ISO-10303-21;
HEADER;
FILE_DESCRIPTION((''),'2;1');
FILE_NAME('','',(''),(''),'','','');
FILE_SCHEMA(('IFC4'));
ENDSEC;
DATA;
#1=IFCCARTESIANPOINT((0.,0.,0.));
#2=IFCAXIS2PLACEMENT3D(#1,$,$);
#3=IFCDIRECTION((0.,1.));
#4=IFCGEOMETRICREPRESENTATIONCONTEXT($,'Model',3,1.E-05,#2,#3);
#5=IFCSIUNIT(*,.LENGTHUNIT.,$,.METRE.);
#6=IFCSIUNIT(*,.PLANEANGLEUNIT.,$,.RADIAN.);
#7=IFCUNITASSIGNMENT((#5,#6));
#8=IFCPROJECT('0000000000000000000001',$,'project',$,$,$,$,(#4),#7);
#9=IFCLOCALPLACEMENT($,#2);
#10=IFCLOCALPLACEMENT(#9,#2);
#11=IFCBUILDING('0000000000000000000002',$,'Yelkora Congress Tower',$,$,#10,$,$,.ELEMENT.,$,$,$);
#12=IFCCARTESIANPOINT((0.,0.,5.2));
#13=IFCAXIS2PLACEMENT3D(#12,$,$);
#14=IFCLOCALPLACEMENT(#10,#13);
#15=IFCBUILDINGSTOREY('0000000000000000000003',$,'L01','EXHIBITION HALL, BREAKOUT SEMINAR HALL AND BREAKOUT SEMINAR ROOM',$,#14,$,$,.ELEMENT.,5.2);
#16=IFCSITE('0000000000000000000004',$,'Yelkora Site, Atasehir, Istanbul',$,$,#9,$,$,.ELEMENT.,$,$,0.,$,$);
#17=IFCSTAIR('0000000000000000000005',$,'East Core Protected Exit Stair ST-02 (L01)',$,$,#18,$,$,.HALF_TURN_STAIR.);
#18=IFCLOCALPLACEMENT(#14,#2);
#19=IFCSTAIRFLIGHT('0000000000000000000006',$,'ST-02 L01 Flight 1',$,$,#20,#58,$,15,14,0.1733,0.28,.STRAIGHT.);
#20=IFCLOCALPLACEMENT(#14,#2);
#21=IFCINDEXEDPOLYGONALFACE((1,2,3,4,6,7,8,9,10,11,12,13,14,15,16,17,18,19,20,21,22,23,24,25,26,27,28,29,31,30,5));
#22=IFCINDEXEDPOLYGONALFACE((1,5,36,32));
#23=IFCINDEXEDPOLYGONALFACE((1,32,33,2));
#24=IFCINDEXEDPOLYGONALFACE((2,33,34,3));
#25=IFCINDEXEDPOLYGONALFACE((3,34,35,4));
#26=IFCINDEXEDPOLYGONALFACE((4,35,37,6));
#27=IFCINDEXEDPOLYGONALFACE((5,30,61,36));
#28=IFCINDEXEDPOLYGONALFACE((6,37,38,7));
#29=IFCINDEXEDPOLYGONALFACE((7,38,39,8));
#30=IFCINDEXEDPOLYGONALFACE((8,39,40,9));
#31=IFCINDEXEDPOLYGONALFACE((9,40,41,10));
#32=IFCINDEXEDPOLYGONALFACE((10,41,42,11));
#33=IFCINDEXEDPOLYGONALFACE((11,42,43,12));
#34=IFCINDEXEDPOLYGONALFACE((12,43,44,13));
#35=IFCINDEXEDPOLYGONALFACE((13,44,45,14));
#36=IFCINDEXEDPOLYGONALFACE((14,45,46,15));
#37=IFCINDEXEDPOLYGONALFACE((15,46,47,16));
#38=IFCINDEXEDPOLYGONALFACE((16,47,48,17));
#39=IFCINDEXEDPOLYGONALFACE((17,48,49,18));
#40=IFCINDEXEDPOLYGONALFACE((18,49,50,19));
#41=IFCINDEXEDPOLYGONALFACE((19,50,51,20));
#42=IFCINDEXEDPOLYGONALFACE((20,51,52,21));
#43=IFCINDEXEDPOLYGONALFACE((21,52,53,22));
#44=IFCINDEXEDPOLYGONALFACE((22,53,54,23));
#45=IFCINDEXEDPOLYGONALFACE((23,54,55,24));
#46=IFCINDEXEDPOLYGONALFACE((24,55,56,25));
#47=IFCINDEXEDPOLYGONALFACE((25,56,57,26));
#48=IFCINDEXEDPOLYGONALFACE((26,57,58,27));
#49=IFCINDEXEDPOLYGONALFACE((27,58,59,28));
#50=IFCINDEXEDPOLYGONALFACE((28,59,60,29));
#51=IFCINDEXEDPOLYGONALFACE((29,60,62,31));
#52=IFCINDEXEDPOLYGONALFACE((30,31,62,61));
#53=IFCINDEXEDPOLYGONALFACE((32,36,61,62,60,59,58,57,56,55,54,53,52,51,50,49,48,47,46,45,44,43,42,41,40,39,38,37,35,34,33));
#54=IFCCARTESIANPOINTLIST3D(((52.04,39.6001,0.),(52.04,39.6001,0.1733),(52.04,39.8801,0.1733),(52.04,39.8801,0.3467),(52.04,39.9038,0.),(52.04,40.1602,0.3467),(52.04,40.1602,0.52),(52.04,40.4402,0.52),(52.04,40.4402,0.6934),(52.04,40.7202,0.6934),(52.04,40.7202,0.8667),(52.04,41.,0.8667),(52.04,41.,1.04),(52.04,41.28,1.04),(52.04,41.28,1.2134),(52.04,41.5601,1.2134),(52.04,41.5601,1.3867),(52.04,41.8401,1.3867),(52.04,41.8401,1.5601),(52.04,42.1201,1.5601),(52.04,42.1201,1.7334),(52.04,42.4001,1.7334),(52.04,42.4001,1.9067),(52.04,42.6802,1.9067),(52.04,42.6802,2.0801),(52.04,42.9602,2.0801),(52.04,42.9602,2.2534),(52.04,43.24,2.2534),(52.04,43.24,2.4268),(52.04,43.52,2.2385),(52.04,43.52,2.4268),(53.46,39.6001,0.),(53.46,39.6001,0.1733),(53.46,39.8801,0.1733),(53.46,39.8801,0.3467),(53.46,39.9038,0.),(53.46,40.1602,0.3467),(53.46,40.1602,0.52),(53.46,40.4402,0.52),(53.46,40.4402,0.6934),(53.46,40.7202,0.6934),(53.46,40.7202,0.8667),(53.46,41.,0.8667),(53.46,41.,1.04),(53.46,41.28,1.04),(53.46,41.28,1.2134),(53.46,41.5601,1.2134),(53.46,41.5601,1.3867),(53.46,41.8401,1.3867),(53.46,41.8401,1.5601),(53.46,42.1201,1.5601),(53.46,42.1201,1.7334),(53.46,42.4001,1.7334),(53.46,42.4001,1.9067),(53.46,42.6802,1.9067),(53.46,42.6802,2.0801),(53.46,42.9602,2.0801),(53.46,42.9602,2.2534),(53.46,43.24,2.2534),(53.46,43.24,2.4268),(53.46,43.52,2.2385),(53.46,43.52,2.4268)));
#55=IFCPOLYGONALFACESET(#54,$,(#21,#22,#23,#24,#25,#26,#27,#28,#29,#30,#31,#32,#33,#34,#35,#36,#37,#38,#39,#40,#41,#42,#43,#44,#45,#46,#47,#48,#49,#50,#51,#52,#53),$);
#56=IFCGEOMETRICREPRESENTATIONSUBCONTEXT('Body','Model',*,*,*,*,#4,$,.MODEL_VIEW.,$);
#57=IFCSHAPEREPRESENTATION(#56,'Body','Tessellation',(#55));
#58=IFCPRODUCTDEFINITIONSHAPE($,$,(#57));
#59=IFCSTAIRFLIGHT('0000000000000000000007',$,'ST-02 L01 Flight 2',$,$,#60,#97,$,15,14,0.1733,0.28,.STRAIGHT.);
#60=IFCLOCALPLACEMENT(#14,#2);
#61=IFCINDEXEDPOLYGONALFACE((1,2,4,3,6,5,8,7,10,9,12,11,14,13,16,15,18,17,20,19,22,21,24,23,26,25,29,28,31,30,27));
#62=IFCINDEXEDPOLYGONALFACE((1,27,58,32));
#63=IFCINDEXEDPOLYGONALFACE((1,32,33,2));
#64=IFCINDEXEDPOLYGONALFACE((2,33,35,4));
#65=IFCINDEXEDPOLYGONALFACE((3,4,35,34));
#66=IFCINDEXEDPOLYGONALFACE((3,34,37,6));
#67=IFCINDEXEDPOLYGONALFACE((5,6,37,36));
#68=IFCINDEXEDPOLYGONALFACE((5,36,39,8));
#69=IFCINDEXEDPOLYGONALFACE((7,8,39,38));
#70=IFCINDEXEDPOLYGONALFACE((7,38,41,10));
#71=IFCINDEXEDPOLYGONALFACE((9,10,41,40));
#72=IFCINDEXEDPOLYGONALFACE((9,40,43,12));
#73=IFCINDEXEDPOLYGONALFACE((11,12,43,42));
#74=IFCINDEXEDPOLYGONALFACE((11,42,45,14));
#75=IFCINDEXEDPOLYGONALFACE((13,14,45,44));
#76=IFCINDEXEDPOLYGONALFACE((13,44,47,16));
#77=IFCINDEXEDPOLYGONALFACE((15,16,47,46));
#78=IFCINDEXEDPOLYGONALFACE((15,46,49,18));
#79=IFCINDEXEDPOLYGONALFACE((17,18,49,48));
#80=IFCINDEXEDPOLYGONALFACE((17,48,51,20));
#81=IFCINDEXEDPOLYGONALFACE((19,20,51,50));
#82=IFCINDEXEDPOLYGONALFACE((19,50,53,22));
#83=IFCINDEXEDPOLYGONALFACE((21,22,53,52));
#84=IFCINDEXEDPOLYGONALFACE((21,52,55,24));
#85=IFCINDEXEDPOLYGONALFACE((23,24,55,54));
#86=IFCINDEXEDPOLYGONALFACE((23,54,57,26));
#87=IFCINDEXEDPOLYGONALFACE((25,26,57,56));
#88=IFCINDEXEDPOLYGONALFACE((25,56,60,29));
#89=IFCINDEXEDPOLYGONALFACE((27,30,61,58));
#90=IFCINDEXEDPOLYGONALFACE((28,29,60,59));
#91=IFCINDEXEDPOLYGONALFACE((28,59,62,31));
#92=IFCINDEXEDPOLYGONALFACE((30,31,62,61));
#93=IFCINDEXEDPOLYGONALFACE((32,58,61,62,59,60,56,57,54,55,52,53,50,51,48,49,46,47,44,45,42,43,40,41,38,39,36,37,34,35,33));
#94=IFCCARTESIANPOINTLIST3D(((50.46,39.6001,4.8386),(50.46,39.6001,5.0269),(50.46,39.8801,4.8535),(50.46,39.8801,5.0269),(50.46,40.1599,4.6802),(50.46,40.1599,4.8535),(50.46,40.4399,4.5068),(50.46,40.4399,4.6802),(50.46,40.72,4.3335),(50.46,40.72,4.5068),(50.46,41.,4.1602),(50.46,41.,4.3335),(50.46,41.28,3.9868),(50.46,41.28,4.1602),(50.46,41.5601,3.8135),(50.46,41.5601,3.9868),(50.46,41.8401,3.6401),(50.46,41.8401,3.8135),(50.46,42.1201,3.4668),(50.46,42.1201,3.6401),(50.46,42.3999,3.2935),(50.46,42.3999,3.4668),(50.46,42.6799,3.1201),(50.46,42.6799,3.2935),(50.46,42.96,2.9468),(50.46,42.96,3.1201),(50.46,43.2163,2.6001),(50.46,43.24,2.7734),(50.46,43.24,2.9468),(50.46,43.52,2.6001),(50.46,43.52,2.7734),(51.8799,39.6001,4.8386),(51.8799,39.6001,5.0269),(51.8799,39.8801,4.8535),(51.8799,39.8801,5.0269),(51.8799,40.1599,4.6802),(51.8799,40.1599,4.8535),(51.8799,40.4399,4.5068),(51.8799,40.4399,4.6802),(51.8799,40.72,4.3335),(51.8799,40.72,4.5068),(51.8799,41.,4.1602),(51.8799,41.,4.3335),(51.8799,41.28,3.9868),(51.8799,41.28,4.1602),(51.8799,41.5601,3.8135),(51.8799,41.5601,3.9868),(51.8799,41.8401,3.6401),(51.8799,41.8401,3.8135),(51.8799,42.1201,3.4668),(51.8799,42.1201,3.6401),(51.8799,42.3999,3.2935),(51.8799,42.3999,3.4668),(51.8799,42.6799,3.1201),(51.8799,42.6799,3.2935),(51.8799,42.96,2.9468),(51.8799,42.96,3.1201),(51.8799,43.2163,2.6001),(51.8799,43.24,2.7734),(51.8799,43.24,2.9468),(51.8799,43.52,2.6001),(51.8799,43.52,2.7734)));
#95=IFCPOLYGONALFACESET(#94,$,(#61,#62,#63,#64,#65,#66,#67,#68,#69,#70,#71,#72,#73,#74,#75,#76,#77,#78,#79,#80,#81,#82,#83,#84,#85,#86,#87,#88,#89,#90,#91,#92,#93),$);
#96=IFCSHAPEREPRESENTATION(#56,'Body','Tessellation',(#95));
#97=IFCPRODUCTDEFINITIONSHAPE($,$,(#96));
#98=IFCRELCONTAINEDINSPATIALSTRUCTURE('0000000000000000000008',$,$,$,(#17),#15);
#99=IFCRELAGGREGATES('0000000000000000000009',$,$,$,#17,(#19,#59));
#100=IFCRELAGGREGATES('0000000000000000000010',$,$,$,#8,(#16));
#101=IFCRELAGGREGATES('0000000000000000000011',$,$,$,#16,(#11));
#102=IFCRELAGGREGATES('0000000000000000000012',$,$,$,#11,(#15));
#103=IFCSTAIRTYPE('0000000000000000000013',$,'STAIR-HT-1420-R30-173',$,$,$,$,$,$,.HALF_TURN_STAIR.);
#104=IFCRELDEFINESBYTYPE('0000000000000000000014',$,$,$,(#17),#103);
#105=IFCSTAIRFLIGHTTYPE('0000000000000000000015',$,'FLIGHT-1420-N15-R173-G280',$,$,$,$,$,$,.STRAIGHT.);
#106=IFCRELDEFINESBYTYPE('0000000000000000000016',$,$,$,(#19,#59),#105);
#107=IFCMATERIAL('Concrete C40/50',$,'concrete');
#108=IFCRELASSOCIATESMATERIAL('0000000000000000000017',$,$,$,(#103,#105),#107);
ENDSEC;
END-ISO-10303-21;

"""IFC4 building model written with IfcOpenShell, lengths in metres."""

from ifc_helpers import new_model, si_unit, direction, frame, origin, place, context, subcontext, project, spatial, polyline, outline, extrude, material, type_object, element, aggregate, save


model = new_model("IFC4")

# Units and contexts
model_context = context("Model", 3, precision=1e-05, world=origin(), true_north=direction((0.0, 1.0)))
body_context = subcontext(model_context, "Body", "Model", "MODEL_VIEW")
ifc_project = project(units=[si_unit("LENGTHUNIT", "METRE"), si_unit("PLANEANGLEUNIT", "RADIAN")], contexts=[model_context])

# Site, building, storey
site_placement = place(None, origin())
site = spatial("IfcSite", under=ifc_project, at=site_placement, Name="Yelkora Site, Atasehir, Istanbul", CompositionType="ELEMENT", RefElevation=0.0)
building_placement = place(site_placement, origin())
building = spatial("IfcBuilding", under=site, at=building_placement, Name="Yelkora Congress Tower", CompositionType="ELEMENT")
storey_placement = place(building_placement, frame((0.0, 0.0, 5.2)))
storey = spatial("IfcBuildingStorey", under=building, at=storey_placement, Name="L01", Description="EXHIBITION HALL, BREAKOUT SEMINAR HALL AND BREAKOUT SEMINAR ROOM", CompositionType="ELEMENT", Elevation=5.2)

# Stair, stair flights
ifc_material_1 = material(Name="Concrete C40/50", Category="concrete")
stair_type = type_object("IfcStairType", Name="STAIR-HT-1420-R30-173", PredefinedType="HALF_TURN_STAIR", material=ifc_material_1)
stair_placement = place(storey_placement, origin())
stair = element("IfcStair", 1, at=stair_placement, inside=storey, type_object=stair_type, Name="East Core Protected Exit Stair ST-02 (L01)", PredefinedType="HALF_TURN_STAIR")
stair_flight_type = type_object("IfcStairFlightType", Name="FLIGHT-1420-N15-R173-G280", PredefinedType="STRAIGHT", material=ifc_material_1)
stair_flight_1_placement = place(storey_placement, frame((52.75, 39.6001, 0.0), z_axis=(0.0, 0.0, 1.0), x_axis=(0.0, 1.0, 0.0)))
stair_flight_1 = element("IfcStairFlight", 2, at=stair_flight_1_placement, type_object=stair_flight_type, Name="ST-02 L01 Flight 1", NumberOfRisers=15, NumberOfTreads=14, PredefinedType="STRAIGHT", RiserHeight=0.1733, TreadLength=0.28, context=body_context, shape_type="SweptSolid", body=[
    extrude(outline(polyline([(0.0, 0.0), (0.0, 0.1733), (0.28, 0.1733), (0.28, 0.3467), (0.5601, 0.3467), (0.5601, 0.52), (0.8401, 0.52), (0.8401, 0.6934), (1.1201, 0.6934), (1.1201, 0.8667), (1.3999, 0.8667), (1.3999, 1.04), (1.6799, 1.04), (1.6799, 1.2134), (1.96, 1.2134), (1.96, 1.3867), (2.24, 1.3867), (2.24, 1.5601), (2.52, 1.5601), (2.52, 1.7334), (2.8, 1.7334), (2.8, 1.9067), (3.0801, 1.9067), (3.0801, 2.0801), (3.3601, 2.0801), (3.3601, 2.2534), (3.6399, 2.2534), (3.6399, 2.4268), (3.9199, 2.4268), (3.9199, 2.6001), (3.9199, 2.2385), (0.3037, 0.0), (0.0, 0.0)])), frame((0.0, 0.71, 0.0), z_axis=(0.0, -1.0, 0.0), x_axis=(1.0, 0.0, 0.0)), (0.0, 0.0, 1.0), 1.4199),
])
stair_flight_2_placement = place(storey_placement, frame((51.1699, 43.52, 2.6001), z_axis=(0.0, 0.0, 1.0), x_axis=(0.0, -1.0, 0.0)))
stair_flight_2 = element("IfcStairFlight", 3, at=stair_flight_2_placement, type_object=stair_flight_type, Name="ST-02 L01 Flight 2", NumberOfRisers=15, NumberOfTreads=14, PredefinedType="STRAIGHT", RiserHeight=0.1733, TreadLength=0.28, context=body_context, shape_type="SweptSolid", body=[
    extrude(outline(polyline([(0.0, 0.0), (0.0, 0.1733), (0.28, 0.1733), (0.28, 0.3467), (0.5601, 0.3467), (0.5601, 0.52), (0.8401, 0.52), (0.8401, 0.6934), (1.1201, 0.6934), (1.1201, 0.8667), (1.3999, 0.8667), (1.3999, 1.04), (1.6799, 1.04), (1.6799, 1.2134), (1.96, 1.2134), (1.96, 1.3867), (2.24, 1.3867), (2.24, 1.5601), (2.52, 1.5601), (2.52, 1.7334), (2.8, 1.7334), (2.8, 1.9067), (3.0801, 1.9067), (3.0801, 2.0801), (3.3601, 2.0801), (3.3601, 2.2534), (3.6399, 2.2534), (3.6399, 2.4268), (3.9199, 2.4268), (3.9199, 2.6001), (3.9199, 2.2385), (0.3037, 0.0), (0.0, 0.0)])), frame((0.0, 0.71, 0.0), z_axis=(0.0, -1.0, 0.0), x_axis=(1.0, 0.0, 0.0)), (0.0, 0.0, 1.0), 1.4199),
])
aggregate(stair, [stair_flight_1, stair_flight_2])

save(model, "model.ifc")
